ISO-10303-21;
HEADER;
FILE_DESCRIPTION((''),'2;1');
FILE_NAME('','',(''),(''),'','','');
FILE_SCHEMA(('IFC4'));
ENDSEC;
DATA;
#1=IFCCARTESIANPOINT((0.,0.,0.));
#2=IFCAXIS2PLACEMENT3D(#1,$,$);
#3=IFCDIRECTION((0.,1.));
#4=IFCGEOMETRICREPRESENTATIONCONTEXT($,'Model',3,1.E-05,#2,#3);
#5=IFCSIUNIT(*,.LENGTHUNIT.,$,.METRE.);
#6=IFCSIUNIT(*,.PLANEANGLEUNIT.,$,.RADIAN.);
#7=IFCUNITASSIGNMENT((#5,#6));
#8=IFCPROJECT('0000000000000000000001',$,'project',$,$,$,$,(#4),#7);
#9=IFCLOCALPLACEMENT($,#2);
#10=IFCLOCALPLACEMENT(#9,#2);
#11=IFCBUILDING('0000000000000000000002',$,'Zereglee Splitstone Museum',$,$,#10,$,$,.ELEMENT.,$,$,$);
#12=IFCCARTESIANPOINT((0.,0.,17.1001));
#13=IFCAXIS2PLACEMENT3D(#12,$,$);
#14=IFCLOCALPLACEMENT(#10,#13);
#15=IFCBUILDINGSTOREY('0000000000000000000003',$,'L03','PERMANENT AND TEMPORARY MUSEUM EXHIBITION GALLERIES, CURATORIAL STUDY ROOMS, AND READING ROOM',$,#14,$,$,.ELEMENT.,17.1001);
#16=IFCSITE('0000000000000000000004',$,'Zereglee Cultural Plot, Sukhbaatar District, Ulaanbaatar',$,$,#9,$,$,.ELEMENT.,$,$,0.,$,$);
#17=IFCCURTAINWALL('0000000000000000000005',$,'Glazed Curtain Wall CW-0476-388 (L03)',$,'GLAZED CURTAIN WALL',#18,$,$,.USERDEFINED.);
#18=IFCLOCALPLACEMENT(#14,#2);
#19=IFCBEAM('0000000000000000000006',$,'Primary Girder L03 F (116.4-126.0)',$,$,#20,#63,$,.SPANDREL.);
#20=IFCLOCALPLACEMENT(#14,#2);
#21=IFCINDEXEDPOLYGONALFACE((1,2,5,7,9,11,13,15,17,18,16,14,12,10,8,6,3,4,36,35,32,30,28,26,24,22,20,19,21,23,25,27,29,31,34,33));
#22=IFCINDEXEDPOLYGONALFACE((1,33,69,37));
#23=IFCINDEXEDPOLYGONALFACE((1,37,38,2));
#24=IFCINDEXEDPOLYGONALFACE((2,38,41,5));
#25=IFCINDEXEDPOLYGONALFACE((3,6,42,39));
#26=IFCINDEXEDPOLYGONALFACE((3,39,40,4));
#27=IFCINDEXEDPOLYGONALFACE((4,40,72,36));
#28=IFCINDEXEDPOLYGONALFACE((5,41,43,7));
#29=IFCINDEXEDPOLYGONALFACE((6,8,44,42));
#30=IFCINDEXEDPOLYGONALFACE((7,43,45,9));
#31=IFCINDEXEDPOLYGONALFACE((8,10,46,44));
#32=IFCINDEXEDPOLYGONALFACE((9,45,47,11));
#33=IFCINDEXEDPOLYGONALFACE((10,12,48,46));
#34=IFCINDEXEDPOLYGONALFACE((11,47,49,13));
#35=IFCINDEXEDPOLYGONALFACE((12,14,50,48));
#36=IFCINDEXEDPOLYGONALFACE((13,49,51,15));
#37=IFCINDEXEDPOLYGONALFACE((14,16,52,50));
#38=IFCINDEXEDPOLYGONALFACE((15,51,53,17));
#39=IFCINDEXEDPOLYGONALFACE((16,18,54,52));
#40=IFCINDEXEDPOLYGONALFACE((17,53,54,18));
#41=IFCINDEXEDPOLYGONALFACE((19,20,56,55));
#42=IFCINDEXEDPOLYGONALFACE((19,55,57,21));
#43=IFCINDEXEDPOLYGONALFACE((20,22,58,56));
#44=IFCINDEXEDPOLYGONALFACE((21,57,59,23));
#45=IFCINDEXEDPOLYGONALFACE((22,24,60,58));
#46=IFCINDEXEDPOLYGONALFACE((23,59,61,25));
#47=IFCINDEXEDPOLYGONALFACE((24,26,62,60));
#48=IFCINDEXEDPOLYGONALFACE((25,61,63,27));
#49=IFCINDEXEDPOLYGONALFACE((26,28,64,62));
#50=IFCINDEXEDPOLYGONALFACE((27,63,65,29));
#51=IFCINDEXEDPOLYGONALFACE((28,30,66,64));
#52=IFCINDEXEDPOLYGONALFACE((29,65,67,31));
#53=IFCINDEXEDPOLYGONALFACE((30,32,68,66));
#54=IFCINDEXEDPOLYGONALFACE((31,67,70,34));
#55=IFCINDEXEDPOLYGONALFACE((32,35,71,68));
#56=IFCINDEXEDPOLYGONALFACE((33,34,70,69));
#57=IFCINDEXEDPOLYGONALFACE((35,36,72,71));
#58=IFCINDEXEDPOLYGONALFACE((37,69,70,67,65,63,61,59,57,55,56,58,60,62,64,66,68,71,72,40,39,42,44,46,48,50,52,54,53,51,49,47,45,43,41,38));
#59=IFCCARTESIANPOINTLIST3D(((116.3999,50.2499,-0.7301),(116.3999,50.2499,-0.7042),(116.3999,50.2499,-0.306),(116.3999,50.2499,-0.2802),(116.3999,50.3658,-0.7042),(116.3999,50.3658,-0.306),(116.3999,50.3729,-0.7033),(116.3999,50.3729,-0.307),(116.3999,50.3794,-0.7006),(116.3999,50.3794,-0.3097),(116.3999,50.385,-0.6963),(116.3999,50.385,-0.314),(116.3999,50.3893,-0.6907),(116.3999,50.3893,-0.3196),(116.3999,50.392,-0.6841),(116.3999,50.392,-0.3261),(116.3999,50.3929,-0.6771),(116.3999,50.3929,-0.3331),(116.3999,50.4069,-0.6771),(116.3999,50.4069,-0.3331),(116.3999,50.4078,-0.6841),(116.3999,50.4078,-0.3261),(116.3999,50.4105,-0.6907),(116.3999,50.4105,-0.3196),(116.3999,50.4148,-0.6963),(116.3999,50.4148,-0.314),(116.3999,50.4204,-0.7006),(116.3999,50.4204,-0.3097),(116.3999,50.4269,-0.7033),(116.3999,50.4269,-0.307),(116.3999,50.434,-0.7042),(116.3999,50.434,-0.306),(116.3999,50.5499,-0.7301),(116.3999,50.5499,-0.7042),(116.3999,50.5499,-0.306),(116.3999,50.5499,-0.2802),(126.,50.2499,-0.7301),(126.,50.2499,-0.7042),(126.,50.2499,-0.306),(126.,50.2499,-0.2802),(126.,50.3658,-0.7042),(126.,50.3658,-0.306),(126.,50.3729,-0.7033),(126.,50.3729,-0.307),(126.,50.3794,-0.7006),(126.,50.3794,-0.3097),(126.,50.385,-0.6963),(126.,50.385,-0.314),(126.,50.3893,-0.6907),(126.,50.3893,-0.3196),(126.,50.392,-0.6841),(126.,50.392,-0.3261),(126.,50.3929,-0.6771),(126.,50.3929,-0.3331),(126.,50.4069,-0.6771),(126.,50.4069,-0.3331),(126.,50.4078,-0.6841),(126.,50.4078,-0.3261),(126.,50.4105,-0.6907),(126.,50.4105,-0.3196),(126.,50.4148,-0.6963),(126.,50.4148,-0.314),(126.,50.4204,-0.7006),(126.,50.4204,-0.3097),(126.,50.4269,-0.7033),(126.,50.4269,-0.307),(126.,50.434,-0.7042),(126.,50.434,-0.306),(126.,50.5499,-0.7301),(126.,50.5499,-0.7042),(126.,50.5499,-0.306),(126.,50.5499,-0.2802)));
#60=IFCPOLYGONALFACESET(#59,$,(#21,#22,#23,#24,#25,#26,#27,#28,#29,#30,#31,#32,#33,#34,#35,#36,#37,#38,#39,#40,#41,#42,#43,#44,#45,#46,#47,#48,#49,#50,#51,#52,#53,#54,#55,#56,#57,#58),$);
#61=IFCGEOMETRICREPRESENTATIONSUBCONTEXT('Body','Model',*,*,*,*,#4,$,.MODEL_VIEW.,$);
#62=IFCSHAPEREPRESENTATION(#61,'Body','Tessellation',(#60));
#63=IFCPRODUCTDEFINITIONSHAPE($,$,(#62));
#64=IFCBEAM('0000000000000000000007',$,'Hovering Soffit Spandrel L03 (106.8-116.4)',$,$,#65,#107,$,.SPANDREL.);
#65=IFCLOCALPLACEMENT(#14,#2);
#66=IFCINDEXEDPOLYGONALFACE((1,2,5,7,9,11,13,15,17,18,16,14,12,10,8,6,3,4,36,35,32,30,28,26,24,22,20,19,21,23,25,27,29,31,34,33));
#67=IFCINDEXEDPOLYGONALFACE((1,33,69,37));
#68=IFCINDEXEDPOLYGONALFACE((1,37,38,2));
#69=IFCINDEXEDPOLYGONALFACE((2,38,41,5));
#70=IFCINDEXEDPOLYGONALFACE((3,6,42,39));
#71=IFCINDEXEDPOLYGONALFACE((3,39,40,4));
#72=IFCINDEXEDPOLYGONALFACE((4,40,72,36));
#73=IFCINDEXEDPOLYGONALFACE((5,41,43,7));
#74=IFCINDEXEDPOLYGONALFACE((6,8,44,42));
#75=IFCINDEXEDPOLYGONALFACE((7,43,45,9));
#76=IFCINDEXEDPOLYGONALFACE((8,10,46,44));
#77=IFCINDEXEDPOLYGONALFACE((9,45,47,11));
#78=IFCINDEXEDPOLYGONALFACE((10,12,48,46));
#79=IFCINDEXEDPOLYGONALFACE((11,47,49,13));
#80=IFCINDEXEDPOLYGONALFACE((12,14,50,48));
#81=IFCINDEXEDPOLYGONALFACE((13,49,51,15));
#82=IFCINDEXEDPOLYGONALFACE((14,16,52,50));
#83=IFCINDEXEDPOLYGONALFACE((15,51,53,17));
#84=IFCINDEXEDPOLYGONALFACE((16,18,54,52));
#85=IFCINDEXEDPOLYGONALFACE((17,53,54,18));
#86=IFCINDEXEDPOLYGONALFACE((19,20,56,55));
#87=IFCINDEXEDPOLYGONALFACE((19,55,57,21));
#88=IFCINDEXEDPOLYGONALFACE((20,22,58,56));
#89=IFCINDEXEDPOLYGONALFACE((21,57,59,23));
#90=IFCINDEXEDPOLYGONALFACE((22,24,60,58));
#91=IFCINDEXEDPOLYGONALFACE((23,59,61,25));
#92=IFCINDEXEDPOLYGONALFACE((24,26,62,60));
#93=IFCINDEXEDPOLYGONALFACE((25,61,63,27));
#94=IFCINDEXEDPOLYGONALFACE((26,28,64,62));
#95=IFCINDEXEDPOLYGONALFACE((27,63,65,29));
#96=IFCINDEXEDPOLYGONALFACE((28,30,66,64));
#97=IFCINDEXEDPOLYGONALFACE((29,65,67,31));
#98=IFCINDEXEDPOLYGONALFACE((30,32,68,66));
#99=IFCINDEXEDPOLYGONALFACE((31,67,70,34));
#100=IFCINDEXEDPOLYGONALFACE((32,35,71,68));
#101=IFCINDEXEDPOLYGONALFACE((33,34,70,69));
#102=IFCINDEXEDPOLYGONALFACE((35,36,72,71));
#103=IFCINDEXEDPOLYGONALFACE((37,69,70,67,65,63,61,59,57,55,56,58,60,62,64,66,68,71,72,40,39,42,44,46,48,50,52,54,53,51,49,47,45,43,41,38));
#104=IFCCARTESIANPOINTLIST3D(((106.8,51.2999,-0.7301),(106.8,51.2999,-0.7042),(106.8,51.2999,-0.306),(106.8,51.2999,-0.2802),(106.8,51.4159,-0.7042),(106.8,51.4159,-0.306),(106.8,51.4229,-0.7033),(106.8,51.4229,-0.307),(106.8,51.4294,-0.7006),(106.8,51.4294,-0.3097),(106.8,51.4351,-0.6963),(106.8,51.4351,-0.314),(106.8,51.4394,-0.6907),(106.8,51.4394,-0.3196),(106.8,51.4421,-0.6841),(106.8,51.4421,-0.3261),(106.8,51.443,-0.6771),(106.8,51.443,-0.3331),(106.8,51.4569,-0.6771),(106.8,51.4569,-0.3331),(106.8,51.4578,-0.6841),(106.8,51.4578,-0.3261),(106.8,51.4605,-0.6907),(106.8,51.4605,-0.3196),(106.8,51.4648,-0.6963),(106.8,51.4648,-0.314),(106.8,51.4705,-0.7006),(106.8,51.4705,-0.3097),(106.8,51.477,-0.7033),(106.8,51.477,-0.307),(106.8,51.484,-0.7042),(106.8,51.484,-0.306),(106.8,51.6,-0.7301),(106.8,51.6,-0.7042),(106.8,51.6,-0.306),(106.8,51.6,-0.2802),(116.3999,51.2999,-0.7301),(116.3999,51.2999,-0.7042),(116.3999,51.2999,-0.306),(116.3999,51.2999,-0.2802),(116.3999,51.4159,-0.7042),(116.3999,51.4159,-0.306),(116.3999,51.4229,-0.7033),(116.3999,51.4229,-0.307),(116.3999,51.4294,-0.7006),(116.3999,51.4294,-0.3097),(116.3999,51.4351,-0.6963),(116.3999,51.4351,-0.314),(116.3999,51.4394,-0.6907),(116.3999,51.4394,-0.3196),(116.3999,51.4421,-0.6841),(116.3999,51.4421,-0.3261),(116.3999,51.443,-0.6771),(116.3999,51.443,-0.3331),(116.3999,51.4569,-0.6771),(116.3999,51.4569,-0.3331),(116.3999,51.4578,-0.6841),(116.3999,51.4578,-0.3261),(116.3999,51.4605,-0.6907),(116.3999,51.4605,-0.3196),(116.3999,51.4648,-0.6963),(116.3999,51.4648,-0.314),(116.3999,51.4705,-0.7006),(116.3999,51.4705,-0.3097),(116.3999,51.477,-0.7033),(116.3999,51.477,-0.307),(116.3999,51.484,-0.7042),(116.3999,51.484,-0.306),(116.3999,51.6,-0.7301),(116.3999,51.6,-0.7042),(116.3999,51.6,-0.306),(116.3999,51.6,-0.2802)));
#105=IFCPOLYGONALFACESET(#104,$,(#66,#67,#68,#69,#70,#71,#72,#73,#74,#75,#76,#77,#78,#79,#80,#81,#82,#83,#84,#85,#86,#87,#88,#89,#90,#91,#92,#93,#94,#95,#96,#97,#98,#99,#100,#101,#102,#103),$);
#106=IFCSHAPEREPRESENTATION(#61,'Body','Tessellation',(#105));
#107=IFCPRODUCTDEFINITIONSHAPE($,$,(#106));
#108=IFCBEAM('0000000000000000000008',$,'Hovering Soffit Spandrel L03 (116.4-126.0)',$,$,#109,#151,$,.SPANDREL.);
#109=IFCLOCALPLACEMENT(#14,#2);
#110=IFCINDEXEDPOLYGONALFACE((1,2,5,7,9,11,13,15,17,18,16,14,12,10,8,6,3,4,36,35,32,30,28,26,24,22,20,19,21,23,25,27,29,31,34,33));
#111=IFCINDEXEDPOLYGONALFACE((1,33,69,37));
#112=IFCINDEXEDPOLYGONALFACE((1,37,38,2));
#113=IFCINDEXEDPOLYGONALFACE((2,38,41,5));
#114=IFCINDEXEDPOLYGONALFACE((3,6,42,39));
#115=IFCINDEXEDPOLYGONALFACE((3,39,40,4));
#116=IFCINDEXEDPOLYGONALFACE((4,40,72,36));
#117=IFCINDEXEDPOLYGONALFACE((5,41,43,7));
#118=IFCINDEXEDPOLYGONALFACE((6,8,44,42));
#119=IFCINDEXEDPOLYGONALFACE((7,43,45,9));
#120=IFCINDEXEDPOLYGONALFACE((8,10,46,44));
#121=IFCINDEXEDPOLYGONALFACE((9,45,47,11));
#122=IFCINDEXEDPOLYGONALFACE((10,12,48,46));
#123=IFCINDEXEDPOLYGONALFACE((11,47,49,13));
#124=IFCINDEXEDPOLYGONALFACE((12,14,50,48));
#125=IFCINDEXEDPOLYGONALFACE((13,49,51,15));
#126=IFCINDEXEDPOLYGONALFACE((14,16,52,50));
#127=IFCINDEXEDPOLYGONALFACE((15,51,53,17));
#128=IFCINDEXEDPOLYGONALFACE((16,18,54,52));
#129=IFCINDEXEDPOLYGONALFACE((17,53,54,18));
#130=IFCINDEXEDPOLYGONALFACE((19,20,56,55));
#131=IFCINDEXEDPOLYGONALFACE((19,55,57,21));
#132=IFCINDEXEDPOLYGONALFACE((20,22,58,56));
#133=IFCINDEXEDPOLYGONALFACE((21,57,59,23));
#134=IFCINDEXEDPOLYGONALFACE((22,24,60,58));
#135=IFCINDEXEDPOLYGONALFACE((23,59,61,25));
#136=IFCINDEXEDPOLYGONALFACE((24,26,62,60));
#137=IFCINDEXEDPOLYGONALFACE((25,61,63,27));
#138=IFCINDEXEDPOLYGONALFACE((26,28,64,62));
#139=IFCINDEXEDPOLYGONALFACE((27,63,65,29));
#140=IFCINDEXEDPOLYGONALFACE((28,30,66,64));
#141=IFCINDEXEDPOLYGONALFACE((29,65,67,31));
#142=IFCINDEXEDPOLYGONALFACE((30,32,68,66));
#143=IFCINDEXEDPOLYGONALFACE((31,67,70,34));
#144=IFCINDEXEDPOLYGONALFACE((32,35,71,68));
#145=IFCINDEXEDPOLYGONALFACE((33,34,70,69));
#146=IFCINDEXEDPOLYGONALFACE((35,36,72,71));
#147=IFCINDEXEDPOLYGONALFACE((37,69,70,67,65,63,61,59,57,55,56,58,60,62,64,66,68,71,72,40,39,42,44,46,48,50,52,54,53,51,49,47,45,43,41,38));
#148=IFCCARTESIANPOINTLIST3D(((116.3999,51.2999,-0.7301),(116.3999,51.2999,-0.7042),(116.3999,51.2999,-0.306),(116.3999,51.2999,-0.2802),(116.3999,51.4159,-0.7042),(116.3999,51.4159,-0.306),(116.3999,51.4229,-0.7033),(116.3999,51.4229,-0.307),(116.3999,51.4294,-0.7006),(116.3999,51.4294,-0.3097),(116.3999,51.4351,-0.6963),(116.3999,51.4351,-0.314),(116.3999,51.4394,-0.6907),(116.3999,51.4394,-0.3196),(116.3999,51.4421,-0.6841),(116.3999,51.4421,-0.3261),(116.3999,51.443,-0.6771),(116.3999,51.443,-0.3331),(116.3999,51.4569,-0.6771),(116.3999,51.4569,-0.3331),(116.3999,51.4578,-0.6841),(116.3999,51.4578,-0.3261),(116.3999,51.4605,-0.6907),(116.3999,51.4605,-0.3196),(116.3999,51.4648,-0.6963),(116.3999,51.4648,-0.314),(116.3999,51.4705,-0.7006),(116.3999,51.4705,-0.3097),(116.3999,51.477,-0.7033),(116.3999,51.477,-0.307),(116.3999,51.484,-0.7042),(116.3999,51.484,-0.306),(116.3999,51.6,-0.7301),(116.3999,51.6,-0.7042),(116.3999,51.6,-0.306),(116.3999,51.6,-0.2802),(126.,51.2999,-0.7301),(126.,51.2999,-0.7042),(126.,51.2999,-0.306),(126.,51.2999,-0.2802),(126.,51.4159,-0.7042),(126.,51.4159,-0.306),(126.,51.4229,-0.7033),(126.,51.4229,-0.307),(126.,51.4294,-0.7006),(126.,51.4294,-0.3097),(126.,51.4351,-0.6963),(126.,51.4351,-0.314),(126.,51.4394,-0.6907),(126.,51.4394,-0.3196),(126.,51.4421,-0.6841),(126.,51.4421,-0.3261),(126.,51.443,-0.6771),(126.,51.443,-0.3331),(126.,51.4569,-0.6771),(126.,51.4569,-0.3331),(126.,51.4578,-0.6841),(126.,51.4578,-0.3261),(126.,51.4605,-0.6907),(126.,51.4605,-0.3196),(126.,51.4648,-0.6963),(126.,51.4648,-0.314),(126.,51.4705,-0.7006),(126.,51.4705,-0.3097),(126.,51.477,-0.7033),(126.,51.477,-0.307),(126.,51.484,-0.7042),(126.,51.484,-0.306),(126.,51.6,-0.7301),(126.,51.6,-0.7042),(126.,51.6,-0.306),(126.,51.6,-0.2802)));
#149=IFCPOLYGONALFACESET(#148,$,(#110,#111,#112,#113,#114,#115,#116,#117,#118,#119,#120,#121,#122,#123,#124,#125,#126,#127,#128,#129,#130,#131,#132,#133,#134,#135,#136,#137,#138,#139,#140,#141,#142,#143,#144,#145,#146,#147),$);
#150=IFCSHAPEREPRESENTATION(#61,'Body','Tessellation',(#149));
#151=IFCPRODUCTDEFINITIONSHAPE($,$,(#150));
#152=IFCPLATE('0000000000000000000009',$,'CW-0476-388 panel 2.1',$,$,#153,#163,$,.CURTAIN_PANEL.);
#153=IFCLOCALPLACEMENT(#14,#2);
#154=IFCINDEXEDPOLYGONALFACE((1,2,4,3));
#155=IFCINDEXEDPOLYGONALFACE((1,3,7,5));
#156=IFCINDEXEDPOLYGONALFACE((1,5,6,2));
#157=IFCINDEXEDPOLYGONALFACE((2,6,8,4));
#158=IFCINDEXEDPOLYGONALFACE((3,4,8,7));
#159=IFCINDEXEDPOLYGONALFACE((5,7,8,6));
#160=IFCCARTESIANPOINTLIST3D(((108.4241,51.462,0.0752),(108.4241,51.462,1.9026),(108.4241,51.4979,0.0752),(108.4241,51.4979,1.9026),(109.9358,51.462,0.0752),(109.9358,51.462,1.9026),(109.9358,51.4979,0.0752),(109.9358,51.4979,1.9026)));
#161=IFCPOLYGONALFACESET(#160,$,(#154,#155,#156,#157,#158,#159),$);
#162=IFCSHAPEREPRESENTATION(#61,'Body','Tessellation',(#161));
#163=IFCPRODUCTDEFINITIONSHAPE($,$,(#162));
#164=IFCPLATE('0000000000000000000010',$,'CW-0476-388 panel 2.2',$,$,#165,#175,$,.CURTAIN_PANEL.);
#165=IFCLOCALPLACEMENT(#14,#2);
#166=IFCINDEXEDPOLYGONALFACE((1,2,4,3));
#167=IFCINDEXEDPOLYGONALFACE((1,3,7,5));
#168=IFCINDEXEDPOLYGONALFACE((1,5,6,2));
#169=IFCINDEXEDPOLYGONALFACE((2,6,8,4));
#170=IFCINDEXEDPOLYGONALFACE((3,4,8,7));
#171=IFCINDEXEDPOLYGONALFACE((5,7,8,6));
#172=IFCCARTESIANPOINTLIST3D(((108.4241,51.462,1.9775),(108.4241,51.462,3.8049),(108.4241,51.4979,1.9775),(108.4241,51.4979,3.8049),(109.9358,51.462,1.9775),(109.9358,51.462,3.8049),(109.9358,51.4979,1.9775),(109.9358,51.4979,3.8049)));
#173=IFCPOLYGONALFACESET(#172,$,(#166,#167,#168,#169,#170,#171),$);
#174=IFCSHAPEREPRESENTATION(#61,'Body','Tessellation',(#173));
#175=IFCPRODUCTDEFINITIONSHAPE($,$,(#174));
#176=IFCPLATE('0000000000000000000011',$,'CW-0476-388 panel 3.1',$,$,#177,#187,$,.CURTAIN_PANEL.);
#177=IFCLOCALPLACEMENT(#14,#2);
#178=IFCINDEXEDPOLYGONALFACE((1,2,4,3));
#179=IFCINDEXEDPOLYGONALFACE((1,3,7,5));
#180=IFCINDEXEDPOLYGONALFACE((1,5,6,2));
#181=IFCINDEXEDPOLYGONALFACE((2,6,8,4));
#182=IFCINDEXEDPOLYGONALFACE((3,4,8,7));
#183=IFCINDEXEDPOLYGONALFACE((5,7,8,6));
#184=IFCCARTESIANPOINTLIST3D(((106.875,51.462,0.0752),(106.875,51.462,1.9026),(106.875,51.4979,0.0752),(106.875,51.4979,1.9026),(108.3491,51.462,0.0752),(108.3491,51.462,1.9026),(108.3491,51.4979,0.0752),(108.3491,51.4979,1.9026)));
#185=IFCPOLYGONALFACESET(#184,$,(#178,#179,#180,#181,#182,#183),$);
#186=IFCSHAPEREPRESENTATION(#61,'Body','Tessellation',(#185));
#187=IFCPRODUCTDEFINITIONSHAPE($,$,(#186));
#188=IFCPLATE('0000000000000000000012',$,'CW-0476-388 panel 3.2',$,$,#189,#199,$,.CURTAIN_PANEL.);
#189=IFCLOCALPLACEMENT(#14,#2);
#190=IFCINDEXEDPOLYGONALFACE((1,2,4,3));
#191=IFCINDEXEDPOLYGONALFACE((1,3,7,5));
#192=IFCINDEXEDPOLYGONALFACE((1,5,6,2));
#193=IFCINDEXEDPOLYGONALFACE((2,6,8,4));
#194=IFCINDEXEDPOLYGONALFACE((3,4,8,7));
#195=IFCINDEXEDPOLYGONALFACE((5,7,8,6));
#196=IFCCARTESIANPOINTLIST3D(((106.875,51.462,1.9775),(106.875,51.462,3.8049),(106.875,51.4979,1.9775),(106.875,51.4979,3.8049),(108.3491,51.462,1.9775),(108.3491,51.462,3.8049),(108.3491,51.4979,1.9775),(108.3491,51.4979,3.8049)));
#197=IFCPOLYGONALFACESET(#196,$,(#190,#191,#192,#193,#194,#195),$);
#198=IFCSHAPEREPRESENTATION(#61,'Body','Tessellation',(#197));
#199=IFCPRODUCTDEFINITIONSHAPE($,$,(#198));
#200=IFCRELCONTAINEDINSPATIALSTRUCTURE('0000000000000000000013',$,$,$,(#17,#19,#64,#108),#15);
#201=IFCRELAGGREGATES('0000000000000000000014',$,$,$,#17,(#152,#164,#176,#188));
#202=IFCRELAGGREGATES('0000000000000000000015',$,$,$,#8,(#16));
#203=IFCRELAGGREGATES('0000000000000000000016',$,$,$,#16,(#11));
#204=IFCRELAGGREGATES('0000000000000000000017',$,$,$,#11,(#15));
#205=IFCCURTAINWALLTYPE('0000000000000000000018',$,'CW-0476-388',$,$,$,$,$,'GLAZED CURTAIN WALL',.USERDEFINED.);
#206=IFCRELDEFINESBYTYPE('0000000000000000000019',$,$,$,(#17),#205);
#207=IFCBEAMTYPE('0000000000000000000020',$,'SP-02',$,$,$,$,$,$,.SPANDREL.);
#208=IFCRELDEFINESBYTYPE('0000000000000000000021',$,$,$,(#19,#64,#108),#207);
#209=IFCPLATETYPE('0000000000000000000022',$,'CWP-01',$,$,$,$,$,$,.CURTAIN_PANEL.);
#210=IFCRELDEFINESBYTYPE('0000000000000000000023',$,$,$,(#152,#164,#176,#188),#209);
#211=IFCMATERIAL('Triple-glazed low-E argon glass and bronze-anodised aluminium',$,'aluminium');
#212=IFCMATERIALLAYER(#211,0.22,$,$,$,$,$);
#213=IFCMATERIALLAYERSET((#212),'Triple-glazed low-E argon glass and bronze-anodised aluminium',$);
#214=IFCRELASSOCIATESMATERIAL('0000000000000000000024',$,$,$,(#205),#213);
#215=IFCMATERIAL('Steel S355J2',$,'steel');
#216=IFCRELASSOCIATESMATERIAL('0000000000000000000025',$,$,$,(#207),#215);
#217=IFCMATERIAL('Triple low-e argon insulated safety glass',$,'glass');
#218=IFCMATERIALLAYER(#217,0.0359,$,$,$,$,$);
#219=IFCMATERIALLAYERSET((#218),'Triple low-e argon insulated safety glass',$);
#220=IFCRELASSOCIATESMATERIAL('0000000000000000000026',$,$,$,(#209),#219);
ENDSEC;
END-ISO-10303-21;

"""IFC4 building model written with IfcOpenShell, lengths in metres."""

from ifc_helpers import new_model, si_unit, direction, frame, origin, origin_2d, place, context, subcontext, project, spatial, rectangle, i_section, extrude, material, layer, layer_set, material_profile, profile_set, type_object, element, aggregate, save


model = new_model("IFC4")

# Units and contexts
model_context = context("Model", 3, precision=1e-05, world=origin(), true_north=direction((0.0, 1.0)))
body_context = subcontext(model_context, "Body", "Model", "MODEL_VIEW")
ifc_project = project(units=[si_unit("LENGTHUNIT", "METRE"), si_unit("PLANEANGLEUNIT", "RADIAN")], contexts=[model_context])

# Site, building, storey
site_placement = place(None, origin())
site = spatial("IfcSite", under=ifc_project, at=site_placement, Name="Zereglee Cultural Plot, Sukhbaatar District, Ulaanbaatar", CompositionType="ELEMENT", RefElevation=0.0)
building_placement = place(site_placement, origin())
building = spatial("IfcBuilding", under=site, at=building_placement, Name="Zereglee Splitstone Museum", CompositionType="ELEMENT")
storey_placement = place(building_placement, frame((0.0, 0.0, 17.1001)))
storey = spatial("IfcBuildingStorey", under=building, at=storey_placement, Name="L03", Description="PERMANENT AND TEMPORARY MUSEUM EXHIBITION GALLERIES, CURATORIAL STUDY ROOMS, AND READING ROOM", CompositionType="ELEMENT", Elevation=17.1001)

# Curtain wall
ifc_material_1 = material(Name="Triple-glazed low-E argon glass and bronze-anodised aluminium", Category="aluminium")
ifc_layer_1 = layer(ifc_material_1, 0.22)
ifc_layer_set_1 = layer_set([ifc_layer_1], Name="Triple-glazed low-E argon glass and bronze-anodised aluminium")
curtain_wall_type_1 = type_object("IfcCurtainWallType", Name="CW-0476-388", ElementType="GLAZED CURTAIN WALL", PredefinedType="USERDEFINED", material=ifc_layer_set_1)
curtain_wall_1_placement = place(storey_placement, origin())
curtain_wall_1 = element("IfcCurtainWall", 1, at=curtain_wall_1_placement, inside=storey, type_object=curtain_wall_type_1, Name="Glazed Curtain Wall CW-0476-388 (L03)", ObjectType="GLAZED CURTAIN WALL", PredefinedType="USERDEFINED")

# Beams
ifc_material_2 = material(Name="Steel S355J2", Category="steel")
ifc_material_profile_1 = material_profile(ifc_material_2, i_section(OverallWidth=0.3, OverallDepth=0.45, WebThickness=0.0139, FlangeThickness=0.0259, FilletRadius=0.0271, at=origin_2d()), Name="HE 450 B")
ifc_profile_set_1 = profile_set([ifc_material_profile_1], Name="Steel S355J2")
beam_type = type_object("IfcBeamType", Name="SP-02", PredefinedType="SPANDREL", material=ifc_profile_set_1)
beam_1_placement = place(storey_placement, frame((116.3999, 50.3999, -0.5051), z_axis=(1.0, 0.0, 0.0), x_axis=(0.0, 1.0, 0.0)))
element("IfcBeam", 2, at=beam_1_placement, inside=storey, type_object=beam_type, Name="Primary Girder L03 F (116.4-126.0)", PredefinedType="SPANDREL", context=body_context, shape_type="SweptSolid", body=[
    extrude(i_section(OverallWidth=0.3, OverallDepth=0.45, WebThickness=0.0139, FlangeThickness=0.0259, FilletRadius=0.0271, at=origin_2d()), origin(), (0.0, 0.0, 1.0), 9.6001),
])
beam_2_placement = place(storey_placement, frame((106.8, 51.45, -0.5051), z_axis=(1.0, 0.0, 0.0), x_axis=(0.0, 1.0, 0.0)))
element("IfcBeam", 3, at=beam_2_placement, inside=storey, type_object=beam_type, Name="Hovering Soffit Spandrel L03 (106.8-116.4)", PredefinedType="SPANDREL", context=body_context, shape_type="SweptSolid", body=[
    extrude(i_section(OverallWidth=0.3, OverallDepth=0.45, WebThickness=0.0139, FlangeThickness=0.0259, FilletRadius=0.0271, at=origin_2d()), origin(), (0.0, 0.0, 1.0), 9.5999),
])
beam_3_placement = place(storey_placement, frame((116.3999, 51.45, -0.5051), z_axis=(1.0, 0.0, 0.0), x_axis=(0.0, 1.0, 0.0)))
element("IfcBeam", 4, at=beam_3_placement, inside=storey, type_object=beam_type, Name="Hovering Soffit Spandrel L03 (116.4-126.0)", PredefinedType="SPANDREL", context=body_context, shape_type="SweptSolid", body=[
    extrude(i_section(OverallWidth=0.3, OverallDepth=0.45, WebThickness=0.0139, FlangeThickness=0.0259, FilletRadius=0.0271, at=origin_2d()), origin(), (0.0, 0.0, 1.0), 9.6001),
])

# Plates
ifc_material_3 = material(Name="Triple low-e argon insulated safety glass", Category="glass")
ifc_layer_2 = layer(ifc_material_3, 0.0359)
ifc_layer_set_2 = layer_set([ifc_layer_2], Name="Triple low-e argon insulated safety glass")
plate_type = type_object("IfcPlateType", Name="CWP-01", PredefinedType="CURTAIN_PANEL", material=ifc_layer_set_2)
plate_1_placement = place(storey_placement, frame((109.1799, 51.48, 0.0752), z_axis=(0.0, 0.0, 1.0), x_axis=(-1.0, 0.0, 0.0)))
plate_1 = element("IfcPlate", 5, at=plate_1_placement, type_object=plate_type, Name="CW-0476-388 panel 2.1", PredefinedType="CURTAIN_PANEL", context=body_context, shape_type="SweptSolid", body=[
    extrude(rectangle(XDim=1.5117, YDim=0.0359, at=origin_2d()), origin(), (0.0, 0.0, 1.0), 1.8274),
])
plate_2_placement = place(storey_placement, frame((109.1799, 51.48, 1.9775), z_axis=(0.0, 0.0, 1.0), x_axis=(-1.0, 0.0, 0.0)))
plate_2 = element("IfcPlate", 6, at=plate_2_placement, type_object=plate_type, Name="CW-0476-388 panel 2.2", PredefinedType="CURTAIN_PANEL", context=body_context, shape_type="SweptSolid", body=[
    extrude(rectangle(XDim=1.5117, YDim=0.0359, at=origin_2d()), origin(), (0.0, 0.0, 1.0), 1.8274),
])
plate_3_placement = place(storey_placement, frame((107.6121, 51.48, 0.0752), z_axis=(0.0, 0.0, 1.0), x_axis=(-1.0, 0.0, 0.0)))
plate_3 = element("IfcPlate", 7, at=plate_3_placement, type_object=plate_type, Name="CW-0476-388 panel 3.1", PredefinedType="CURTAIN_PANEL", context=body_context, shape_type="SweptSolid", body=[
    extrude(rectangle(XDim=1.4741, YDim=0.0359, at=origin_2d()), origin(), (0.0, 0.0, 1.0), 1.8274),
])
plate_4_placement = place(storey_placement, frame((107.6121, 51.48, 1.9775), z_axis=(0.0, 0.0, 1.0), x_axis=(-1.0, 0.0, 0.0)))
plate_4 = element("IfcPlate", 8, at=plate_4_placement, type_object=plate_type, Name="CW-0476-388 panel 3.2", PredefinedType="CURTAIN_PANEL", context=body_context, shape_type="SweptSolid", body=[
    extrude(rectangle(XDim=1.4741, YDim=0.0359, at=origin_2d()), origin(), (0.0, 0.0, 1.0), 1.8274),
])
aggregate(curtain_wall_1, [plate_1, plate_2, plate_3, plate_4])

save(model, "model.ifc")
